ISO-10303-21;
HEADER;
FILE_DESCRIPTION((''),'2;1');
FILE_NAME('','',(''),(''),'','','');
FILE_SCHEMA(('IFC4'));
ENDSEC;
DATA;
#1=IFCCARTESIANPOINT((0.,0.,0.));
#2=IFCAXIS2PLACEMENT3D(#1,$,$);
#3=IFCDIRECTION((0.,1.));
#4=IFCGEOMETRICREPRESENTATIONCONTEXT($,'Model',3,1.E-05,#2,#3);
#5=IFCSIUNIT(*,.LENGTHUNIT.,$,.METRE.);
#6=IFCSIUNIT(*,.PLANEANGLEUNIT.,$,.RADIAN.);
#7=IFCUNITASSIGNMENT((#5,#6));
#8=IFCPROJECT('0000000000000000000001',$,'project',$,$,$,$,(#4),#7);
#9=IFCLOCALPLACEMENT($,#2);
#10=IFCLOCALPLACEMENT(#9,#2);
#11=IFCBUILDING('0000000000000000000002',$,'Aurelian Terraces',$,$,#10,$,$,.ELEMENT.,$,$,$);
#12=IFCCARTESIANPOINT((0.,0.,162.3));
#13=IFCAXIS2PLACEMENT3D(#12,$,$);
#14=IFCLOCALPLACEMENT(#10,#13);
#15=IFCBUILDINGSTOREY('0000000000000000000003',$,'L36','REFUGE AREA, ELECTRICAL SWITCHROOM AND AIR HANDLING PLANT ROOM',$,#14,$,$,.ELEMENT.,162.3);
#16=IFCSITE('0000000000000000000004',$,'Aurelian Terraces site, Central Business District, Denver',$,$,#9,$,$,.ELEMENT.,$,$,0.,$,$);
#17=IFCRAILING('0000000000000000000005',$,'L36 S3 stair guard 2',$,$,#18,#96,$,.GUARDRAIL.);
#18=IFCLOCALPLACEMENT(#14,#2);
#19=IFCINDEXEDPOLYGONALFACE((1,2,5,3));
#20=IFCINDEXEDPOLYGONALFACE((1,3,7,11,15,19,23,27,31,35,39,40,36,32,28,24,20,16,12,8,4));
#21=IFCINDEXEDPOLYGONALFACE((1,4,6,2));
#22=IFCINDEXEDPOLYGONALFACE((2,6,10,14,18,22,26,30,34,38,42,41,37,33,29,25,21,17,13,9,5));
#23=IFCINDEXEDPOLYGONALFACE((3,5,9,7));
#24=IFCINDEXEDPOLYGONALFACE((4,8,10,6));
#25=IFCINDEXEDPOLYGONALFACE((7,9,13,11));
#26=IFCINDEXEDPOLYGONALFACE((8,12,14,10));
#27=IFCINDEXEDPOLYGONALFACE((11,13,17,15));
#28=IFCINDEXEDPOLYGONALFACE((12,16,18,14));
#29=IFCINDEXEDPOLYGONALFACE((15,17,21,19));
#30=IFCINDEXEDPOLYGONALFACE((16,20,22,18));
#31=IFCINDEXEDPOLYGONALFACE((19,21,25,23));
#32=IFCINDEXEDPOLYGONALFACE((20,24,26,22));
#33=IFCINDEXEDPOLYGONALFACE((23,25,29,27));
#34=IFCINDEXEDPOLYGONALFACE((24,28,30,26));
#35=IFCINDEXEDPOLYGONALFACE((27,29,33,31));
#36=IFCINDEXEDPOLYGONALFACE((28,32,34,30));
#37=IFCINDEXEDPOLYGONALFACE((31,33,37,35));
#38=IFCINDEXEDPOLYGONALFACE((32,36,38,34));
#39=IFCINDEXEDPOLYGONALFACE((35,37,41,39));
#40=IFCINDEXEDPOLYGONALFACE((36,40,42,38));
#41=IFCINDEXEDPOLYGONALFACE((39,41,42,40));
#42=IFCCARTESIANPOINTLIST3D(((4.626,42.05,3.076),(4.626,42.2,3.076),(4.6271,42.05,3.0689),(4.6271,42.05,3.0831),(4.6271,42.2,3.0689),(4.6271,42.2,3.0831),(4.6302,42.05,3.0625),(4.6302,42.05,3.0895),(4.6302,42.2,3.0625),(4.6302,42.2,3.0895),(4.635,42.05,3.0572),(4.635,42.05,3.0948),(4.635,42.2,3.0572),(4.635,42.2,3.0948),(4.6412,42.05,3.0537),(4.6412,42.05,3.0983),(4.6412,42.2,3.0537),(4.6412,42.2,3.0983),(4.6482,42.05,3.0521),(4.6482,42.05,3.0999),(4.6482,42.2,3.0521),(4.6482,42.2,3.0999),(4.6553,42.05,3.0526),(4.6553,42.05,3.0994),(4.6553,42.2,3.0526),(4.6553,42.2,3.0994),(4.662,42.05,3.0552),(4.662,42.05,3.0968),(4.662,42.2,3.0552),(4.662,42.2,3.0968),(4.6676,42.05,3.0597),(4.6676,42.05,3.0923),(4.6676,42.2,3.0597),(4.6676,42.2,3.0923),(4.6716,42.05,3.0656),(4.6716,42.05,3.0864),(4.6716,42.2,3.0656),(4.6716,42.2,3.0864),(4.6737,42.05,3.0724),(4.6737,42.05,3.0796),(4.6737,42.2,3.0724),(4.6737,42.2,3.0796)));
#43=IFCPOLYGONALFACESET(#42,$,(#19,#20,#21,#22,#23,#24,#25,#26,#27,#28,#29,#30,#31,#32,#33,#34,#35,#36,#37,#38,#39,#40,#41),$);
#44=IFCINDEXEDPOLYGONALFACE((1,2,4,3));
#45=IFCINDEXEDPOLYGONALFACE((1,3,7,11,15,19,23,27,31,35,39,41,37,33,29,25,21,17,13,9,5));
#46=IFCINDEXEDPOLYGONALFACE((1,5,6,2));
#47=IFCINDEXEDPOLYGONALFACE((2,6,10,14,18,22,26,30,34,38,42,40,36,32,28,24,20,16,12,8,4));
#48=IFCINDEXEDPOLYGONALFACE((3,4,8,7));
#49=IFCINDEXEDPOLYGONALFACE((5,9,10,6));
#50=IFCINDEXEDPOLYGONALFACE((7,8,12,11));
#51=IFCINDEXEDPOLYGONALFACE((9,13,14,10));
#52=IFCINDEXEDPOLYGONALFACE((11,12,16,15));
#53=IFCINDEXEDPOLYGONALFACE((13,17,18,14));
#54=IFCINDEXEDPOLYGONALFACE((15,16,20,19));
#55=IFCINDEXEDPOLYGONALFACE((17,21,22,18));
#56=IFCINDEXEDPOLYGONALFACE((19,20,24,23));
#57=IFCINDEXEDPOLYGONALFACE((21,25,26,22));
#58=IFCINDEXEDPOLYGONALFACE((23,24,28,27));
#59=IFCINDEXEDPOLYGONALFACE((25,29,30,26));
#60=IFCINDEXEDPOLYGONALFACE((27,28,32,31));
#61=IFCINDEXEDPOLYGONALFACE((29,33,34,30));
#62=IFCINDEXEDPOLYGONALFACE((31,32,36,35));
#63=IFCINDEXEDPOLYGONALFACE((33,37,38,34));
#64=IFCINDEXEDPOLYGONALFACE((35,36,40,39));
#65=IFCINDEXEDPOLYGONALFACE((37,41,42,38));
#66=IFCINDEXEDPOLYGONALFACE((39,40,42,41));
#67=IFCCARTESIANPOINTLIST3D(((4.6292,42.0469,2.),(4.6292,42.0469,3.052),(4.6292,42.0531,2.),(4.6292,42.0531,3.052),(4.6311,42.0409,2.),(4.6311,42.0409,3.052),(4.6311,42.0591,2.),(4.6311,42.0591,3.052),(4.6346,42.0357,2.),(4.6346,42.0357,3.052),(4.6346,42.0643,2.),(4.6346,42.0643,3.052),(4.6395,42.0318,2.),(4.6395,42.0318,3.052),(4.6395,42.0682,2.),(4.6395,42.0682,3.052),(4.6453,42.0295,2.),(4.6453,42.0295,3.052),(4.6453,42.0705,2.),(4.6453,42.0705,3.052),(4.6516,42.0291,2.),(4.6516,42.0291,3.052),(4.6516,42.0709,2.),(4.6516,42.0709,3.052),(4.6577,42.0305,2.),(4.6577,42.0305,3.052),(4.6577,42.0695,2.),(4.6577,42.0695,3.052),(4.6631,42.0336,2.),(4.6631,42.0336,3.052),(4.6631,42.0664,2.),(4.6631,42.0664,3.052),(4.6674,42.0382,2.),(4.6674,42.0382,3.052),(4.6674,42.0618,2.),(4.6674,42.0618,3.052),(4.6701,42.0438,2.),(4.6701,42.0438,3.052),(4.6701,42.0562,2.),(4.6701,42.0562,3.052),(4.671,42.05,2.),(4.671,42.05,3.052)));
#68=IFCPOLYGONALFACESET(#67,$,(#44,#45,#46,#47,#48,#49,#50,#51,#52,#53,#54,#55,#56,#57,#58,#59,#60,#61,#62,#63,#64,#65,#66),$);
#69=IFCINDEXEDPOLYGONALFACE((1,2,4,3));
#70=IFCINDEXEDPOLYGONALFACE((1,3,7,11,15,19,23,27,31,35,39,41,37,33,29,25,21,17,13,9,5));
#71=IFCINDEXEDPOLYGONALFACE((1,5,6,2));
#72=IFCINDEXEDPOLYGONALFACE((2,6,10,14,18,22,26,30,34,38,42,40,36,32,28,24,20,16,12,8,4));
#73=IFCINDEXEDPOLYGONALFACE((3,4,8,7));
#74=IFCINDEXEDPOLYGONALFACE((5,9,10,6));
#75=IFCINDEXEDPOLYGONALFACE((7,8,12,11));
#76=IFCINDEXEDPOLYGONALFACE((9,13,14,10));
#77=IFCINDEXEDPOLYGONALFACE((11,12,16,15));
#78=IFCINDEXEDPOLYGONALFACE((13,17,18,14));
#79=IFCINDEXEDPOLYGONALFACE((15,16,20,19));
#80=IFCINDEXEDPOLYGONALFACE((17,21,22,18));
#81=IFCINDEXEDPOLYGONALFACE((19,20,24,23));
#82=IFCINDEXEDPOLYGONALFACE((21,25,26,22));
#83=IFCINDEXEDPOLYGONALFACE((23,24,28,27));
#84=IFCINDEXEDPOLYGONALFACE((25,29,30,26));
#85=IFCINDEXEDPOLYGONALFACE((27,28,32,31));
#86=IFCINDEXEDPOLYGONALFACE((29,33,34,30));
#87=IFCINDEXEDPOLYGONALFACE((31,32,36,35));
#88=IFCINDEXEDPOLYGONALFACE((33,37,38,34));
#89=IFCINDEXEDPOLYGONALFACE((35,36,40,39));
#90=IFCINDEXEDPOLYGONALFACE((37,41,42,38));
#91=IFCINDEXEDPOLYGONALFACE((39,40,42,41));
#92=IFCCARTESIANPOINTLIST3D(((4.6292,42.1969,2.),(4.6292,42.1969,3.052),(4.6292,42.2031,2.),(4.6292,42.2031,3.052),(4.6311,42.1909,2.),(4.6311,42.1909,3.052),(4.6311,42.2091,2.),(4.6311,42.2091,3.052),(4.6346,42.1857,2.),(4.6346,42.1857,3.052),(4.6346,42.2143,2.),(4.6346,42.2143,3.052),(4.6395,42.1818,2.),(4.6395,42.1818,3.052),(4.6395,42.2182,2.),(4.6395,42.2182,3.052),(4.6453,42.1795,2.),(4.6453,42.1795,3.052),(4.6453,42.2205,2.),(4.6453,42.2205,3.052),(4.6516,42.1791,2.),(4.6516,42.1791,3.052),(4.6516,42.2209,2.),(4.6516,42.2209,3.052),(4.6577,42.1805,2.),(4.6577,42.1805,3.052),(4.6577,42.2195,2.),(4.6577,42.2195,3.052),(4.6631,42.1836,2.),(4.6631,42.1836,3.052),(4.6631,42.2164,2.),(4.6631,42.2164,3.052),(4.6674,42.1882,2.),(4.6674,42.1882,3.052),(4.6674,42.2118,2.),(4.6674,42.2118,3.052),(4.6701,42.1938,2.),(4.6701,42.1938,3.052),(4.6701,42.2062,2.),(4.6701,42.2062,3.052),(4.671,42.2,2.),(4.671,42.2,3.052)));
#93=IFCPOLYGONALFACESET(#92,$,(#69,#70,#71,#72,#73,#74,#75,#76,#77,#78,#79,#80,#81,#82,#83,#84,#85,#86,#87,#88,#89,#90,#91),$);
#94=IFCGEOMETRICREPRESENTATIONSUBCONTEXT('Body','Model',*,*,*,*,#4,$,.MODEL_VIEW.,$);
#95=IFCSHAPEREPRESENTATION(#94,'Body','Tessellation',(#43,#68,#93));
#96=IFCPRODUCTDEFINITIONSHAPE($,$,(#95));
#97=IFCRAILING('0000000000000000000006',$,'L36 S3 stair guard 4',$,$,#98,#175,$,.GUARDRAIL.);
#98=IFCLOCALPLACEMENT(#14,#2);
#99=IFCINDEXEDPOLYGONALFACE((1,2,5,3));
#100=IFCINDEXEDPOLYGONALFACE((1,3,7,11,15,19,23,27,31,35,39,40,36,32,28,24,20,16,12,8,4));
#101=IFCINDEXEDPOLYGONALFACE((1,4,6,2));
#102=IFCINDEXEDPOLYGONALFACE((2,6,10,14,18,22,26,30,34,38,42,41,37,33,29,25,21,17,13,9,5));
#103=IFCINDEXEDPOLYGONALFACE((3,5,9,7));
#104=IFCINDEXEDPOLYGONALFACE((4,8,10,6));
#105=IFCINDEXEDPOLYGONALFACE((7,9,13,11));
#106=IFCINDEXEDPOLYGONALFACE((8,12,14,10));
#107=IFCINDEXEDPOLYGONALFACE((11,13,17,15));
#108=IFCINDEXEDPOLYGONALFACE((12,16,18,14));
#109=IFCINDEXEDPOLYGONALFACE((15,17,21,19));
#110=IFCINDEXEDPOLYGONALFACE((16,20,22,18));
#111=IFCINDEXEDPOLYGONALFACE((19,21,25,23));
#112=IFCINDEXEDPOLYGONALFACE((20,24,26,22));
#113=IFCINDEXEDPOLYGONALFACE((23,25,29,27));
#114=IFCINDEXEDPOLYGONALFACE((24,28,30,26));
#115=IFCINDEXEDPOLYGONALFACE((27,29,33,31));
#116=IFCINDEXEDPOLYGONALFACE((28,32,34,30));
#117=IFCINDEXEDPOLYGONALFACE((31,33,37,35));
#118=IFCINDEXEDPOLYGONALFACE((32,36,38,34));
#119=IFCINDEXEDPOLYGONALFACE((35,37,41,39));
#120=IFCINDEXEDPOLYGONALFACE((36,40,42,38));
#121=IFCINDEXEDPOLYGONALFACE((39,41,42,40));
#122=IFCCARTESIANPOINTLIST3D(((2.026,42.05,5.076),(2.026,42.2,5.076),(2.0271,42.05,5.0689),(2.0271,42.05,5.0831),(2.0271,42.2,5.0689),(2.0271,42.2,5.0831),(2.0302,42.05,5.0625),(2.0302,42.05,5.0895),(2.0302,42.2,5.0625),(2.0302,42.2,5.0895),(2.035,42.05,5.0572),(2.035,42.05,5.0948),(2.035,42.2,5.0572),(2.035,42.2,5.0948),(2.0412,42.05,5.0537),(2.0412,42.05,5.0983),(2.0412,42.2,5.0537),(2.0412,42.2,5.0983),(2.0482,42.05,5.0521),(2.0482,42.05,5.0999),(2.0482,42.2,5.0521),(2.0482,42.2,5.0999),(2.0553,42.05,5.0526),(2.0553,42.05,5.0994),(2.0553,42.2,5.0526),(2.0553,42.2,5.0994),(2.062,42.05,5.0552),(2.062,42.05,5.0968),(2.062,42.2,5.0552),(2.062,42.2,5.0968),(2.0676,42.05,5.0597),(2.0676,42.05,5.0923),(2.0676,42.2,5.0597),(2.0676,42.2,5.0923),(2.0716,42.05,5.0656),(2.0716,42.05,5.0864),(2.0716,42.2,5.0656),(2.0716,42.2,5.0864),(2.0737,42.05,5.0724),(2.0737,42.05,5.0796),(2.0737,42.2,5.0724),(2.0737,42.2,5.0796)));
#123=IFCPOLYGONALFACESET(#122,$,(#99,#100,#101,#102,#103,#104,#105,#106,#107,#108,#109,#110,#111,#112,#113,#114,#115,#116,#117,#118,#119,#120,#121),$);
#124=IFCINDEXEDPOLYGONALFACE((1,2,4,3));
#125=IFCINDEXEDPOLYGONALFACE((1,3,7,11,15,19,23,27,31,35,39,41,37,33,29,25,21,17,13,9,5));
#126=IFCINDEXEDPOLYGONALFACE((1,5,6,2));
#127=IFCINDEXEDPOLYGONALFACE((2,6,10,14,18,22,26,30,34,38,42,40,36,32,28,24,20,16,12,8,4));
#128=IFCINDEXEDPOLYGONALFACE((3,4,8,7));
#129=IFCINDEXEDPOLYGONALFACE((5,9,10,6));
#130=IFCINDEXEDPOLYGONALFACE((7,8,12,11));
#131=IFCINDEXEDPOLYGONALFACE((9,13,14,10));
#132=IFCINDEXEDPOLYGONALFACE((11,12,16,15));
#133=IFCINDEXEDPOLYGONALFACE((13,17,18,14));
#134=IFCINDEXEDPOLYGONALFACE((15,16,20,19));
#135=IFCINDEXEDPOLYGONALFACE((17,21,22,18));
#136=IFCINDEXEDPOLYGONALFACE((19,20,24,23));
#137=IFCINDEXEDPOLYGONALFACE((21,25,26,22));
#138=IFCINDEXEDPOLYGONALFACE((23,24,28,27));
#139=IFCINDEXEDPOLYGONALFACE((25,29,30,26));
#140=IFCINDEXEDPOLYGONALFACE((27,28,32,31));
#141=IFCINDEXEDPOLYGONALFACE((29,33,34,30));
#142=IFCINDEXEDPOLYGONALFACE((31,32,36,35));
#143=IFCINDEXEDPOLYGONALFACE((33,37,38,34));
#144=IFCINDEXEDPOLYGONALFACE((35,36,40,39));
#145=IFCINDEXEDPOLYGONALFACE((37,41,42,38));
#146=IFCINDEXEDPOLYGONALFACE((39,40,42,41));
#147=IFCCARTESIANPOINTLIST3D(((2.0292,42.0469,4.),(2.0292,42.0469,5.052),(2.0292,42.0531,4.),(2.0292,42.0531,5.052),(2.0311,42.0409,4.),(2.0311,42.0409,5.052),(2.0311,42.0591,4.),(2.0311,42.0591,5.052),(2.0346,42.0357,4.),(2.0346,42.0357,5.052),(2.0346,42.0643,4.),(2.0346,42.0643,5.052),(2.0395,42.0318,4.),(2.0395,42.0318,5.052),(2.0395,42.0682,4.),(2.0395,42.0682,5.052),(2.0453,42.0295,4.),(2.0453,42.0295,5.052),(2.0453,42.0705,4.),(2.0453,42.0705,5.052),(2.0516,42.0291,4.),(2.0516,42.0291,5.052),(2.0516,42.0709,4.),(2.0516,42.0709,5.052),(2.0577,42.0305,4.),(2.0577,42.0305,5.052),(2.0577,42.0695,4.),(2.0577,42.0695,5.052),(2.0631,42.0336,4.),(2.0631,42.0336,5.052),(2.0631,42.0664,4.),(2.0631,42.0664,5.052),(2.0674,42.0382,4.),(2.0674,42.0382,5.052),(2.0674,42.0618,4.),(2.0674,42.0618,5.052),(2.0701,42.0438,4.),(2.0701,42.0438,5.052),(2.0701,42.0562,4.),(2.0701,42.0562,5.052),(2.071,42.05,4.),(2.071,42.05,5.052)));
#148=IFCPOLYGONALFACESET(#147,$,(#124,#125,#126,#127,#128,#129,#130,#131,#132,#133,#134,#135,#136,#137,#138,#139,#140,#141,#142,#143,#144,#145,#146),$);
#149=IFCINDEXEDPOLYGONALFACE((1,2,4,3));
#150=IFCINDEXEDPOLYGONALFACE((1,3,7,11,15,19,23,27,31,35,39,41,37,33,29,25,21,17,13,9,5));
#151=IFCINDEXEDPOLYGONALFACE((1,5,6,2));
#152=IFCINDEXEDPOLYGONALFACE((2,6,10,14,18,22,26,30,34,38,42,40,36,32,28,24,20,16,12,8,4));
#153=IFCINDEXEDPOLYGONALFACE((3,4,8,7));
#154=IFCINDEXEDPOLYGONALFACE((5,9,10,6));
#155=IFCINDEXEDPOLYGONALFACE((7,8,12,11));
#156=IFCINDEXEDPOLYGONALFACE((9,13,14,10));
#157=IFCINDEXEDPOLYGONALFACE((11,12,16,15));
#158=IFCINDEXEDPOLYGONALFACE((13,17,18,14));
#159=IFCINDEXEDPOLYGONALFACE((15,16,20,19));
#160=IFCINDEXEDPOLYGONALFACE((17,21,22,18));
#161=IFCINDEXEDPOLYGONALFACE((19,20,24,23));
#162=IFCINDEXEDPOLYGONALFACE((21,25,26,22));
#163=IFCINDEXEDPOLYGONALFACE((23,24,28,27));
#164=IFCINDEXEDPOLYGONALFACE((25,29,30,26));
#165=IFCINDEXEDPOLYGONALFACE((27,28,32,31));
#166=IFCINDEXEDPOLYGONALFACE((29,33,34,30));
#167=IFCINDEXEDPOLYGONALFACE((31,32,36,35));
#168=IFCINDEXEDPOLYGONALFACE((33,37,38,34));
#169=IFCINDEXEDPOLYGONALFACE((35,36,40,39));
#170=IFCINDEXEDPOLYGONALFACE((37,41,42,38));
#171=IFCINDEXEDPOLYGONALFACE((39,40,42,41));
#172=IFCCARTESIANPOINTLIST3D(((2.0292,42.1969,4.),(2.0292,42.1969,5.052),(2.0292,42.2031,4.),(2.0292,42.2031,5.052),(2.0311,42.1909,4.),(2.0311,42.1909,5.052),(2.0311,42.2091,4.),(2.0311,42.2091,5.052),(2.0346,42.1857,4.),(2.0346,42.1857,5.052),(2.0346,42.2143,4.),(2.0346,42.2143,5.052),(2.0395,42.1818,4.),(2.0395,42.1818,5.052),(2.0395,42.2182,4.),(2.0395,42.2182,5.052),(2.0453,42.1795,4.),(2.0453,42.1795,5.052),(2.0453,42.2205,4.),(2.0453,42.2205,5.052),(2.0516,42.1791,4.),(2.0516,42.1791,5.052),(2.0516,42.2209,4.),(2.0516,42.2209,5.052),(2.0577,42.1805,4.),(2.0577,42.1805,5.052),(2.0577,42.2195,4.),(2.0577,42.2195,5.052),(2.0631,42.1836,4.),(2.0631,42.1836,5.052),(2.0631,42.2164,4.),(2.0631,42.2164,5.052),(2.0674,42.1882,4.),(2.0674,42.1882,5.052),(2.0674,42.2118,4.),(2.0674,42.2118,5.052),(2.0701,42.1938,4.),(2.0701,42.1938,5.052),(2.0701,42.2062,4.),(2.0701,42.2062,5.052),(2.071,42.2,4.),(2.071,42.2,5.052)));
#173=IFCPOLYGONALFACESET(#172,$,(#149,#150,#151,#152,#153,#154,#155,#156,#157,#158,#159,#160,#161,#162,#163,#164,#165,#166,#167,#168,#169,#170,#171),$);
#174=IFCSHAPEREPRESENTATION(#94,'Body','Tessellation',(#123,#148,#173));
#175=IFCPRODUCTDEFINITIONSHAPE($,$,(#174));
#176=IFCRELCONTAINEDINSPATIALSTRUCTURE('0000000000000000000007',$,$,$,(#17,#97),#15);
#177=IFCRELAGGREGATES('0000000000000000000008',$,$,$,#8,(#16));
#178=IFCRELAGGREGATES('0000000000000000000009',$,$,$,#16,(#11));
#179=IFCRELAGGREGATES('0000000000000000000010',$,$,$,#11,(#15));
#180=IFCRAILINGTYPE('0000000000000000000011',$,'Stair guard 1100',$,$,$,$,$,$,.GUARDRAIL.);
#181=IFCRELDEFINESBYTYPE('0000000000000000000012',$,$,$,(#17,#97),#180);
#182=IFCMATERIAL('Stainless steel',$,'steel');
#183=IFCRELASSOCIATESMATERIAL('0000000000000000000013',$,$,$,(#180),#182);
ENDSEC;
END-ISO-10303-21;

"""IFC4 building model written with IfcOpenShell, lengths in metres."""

from ifc_helpers import new_model, si_unit, direction, frame, origin, origin_2d, place, context, subcontext, project, spatial, circle, extrude, source, transform, mapped, material, type_object, element, save


model = new_model("IFC4")

# Units and contexts
model_context = context("Model", 3, precision=1e-05, world=origin(), true_north=direction((0.0, 1.0)))
body_context = subcontext(model_context, "Body", "Model", "MODEL_VIEW")
ifc_project = project(units=[si_unit("LENGTHUNIT", "METRE"), si_unit("PLANEANGLEUNIT", "RADIAN")], contexts=[model_context])

# Site, building, storey
site_placement = place(None, origin())
site = spatial("IfcSite", under=ifc_project, at=site_placement, Name="Aurelian Terraces site, Central Business District, Denver", CompositionType="ELEMENT", RefElevation=0.0)
building_placement = place(site_placement, origin())
building = spatial("IfcBuilding", under=site, at=building_placement, Name="Aurelian Terraces", CompositionType="ELEMENT")
storey_placement = place(building_placement, frame((0.0, 0.0, 162.3)))
storey = spatial("IfcBuildingStorey", under=building, at=storey_placement, Name="L36", Description="REFUGE AREA, ELECTRICAL SWITCHROOM AND AIR HANDLING PLANT ROOM", CompositionType="ELEMENT", Elevation=162.3)

# Railings
ifc_material_1 = material(Name="Stainless steel", Category="steel")
railing_type_1 = type_object("IfcRailingType", Name="Stair guard 1100", PredefinedType="GUARDRAIL", material=ifc_material_1)
shared_shape_1 = source(origin(), body_context, "Body", "SweptSolid", [
    extrude(circle(Radius=0.024, at=origin_2d()), frame((0.0, 0.0, 1.076), z_axis=(0.0, 1.0, 0.0), x_axis=(-1.0, 0.0, 0.0)), (0.0, 0.0, 1.0), 0.15),
    extrude(circle(Radius=0.021, at=origin_2d()), origin(), (0.0, 0.0, 1.0), 1.052),
    extrude(circle(Radius=0.021, at=origin_2d()), frame((0.0, 0.15, 0.0)), (0.0, 0.0, 1.0), 1.052),
])
for number, where, name in (
    (1, (4.65, 42.05, 2.0), "L36 S3 stair guard 2"),
    (2, (2.05, 42.05, 4.0), "L36 S3 stair guard 4"),
):
    element("IfcRailing", number, at=place(storey_placement, frame(where)), inside=storey, type_object=railing_type_1, Name=name, PredefinedType="GUARDRAIL", context=body_context, shape_type="MappedRepresentation", body=[
        mapped(shared_shape_1, transform((0.0, 0.0, 0.0), scale=1.0)),
    ])

save(model, "model.ifc")
